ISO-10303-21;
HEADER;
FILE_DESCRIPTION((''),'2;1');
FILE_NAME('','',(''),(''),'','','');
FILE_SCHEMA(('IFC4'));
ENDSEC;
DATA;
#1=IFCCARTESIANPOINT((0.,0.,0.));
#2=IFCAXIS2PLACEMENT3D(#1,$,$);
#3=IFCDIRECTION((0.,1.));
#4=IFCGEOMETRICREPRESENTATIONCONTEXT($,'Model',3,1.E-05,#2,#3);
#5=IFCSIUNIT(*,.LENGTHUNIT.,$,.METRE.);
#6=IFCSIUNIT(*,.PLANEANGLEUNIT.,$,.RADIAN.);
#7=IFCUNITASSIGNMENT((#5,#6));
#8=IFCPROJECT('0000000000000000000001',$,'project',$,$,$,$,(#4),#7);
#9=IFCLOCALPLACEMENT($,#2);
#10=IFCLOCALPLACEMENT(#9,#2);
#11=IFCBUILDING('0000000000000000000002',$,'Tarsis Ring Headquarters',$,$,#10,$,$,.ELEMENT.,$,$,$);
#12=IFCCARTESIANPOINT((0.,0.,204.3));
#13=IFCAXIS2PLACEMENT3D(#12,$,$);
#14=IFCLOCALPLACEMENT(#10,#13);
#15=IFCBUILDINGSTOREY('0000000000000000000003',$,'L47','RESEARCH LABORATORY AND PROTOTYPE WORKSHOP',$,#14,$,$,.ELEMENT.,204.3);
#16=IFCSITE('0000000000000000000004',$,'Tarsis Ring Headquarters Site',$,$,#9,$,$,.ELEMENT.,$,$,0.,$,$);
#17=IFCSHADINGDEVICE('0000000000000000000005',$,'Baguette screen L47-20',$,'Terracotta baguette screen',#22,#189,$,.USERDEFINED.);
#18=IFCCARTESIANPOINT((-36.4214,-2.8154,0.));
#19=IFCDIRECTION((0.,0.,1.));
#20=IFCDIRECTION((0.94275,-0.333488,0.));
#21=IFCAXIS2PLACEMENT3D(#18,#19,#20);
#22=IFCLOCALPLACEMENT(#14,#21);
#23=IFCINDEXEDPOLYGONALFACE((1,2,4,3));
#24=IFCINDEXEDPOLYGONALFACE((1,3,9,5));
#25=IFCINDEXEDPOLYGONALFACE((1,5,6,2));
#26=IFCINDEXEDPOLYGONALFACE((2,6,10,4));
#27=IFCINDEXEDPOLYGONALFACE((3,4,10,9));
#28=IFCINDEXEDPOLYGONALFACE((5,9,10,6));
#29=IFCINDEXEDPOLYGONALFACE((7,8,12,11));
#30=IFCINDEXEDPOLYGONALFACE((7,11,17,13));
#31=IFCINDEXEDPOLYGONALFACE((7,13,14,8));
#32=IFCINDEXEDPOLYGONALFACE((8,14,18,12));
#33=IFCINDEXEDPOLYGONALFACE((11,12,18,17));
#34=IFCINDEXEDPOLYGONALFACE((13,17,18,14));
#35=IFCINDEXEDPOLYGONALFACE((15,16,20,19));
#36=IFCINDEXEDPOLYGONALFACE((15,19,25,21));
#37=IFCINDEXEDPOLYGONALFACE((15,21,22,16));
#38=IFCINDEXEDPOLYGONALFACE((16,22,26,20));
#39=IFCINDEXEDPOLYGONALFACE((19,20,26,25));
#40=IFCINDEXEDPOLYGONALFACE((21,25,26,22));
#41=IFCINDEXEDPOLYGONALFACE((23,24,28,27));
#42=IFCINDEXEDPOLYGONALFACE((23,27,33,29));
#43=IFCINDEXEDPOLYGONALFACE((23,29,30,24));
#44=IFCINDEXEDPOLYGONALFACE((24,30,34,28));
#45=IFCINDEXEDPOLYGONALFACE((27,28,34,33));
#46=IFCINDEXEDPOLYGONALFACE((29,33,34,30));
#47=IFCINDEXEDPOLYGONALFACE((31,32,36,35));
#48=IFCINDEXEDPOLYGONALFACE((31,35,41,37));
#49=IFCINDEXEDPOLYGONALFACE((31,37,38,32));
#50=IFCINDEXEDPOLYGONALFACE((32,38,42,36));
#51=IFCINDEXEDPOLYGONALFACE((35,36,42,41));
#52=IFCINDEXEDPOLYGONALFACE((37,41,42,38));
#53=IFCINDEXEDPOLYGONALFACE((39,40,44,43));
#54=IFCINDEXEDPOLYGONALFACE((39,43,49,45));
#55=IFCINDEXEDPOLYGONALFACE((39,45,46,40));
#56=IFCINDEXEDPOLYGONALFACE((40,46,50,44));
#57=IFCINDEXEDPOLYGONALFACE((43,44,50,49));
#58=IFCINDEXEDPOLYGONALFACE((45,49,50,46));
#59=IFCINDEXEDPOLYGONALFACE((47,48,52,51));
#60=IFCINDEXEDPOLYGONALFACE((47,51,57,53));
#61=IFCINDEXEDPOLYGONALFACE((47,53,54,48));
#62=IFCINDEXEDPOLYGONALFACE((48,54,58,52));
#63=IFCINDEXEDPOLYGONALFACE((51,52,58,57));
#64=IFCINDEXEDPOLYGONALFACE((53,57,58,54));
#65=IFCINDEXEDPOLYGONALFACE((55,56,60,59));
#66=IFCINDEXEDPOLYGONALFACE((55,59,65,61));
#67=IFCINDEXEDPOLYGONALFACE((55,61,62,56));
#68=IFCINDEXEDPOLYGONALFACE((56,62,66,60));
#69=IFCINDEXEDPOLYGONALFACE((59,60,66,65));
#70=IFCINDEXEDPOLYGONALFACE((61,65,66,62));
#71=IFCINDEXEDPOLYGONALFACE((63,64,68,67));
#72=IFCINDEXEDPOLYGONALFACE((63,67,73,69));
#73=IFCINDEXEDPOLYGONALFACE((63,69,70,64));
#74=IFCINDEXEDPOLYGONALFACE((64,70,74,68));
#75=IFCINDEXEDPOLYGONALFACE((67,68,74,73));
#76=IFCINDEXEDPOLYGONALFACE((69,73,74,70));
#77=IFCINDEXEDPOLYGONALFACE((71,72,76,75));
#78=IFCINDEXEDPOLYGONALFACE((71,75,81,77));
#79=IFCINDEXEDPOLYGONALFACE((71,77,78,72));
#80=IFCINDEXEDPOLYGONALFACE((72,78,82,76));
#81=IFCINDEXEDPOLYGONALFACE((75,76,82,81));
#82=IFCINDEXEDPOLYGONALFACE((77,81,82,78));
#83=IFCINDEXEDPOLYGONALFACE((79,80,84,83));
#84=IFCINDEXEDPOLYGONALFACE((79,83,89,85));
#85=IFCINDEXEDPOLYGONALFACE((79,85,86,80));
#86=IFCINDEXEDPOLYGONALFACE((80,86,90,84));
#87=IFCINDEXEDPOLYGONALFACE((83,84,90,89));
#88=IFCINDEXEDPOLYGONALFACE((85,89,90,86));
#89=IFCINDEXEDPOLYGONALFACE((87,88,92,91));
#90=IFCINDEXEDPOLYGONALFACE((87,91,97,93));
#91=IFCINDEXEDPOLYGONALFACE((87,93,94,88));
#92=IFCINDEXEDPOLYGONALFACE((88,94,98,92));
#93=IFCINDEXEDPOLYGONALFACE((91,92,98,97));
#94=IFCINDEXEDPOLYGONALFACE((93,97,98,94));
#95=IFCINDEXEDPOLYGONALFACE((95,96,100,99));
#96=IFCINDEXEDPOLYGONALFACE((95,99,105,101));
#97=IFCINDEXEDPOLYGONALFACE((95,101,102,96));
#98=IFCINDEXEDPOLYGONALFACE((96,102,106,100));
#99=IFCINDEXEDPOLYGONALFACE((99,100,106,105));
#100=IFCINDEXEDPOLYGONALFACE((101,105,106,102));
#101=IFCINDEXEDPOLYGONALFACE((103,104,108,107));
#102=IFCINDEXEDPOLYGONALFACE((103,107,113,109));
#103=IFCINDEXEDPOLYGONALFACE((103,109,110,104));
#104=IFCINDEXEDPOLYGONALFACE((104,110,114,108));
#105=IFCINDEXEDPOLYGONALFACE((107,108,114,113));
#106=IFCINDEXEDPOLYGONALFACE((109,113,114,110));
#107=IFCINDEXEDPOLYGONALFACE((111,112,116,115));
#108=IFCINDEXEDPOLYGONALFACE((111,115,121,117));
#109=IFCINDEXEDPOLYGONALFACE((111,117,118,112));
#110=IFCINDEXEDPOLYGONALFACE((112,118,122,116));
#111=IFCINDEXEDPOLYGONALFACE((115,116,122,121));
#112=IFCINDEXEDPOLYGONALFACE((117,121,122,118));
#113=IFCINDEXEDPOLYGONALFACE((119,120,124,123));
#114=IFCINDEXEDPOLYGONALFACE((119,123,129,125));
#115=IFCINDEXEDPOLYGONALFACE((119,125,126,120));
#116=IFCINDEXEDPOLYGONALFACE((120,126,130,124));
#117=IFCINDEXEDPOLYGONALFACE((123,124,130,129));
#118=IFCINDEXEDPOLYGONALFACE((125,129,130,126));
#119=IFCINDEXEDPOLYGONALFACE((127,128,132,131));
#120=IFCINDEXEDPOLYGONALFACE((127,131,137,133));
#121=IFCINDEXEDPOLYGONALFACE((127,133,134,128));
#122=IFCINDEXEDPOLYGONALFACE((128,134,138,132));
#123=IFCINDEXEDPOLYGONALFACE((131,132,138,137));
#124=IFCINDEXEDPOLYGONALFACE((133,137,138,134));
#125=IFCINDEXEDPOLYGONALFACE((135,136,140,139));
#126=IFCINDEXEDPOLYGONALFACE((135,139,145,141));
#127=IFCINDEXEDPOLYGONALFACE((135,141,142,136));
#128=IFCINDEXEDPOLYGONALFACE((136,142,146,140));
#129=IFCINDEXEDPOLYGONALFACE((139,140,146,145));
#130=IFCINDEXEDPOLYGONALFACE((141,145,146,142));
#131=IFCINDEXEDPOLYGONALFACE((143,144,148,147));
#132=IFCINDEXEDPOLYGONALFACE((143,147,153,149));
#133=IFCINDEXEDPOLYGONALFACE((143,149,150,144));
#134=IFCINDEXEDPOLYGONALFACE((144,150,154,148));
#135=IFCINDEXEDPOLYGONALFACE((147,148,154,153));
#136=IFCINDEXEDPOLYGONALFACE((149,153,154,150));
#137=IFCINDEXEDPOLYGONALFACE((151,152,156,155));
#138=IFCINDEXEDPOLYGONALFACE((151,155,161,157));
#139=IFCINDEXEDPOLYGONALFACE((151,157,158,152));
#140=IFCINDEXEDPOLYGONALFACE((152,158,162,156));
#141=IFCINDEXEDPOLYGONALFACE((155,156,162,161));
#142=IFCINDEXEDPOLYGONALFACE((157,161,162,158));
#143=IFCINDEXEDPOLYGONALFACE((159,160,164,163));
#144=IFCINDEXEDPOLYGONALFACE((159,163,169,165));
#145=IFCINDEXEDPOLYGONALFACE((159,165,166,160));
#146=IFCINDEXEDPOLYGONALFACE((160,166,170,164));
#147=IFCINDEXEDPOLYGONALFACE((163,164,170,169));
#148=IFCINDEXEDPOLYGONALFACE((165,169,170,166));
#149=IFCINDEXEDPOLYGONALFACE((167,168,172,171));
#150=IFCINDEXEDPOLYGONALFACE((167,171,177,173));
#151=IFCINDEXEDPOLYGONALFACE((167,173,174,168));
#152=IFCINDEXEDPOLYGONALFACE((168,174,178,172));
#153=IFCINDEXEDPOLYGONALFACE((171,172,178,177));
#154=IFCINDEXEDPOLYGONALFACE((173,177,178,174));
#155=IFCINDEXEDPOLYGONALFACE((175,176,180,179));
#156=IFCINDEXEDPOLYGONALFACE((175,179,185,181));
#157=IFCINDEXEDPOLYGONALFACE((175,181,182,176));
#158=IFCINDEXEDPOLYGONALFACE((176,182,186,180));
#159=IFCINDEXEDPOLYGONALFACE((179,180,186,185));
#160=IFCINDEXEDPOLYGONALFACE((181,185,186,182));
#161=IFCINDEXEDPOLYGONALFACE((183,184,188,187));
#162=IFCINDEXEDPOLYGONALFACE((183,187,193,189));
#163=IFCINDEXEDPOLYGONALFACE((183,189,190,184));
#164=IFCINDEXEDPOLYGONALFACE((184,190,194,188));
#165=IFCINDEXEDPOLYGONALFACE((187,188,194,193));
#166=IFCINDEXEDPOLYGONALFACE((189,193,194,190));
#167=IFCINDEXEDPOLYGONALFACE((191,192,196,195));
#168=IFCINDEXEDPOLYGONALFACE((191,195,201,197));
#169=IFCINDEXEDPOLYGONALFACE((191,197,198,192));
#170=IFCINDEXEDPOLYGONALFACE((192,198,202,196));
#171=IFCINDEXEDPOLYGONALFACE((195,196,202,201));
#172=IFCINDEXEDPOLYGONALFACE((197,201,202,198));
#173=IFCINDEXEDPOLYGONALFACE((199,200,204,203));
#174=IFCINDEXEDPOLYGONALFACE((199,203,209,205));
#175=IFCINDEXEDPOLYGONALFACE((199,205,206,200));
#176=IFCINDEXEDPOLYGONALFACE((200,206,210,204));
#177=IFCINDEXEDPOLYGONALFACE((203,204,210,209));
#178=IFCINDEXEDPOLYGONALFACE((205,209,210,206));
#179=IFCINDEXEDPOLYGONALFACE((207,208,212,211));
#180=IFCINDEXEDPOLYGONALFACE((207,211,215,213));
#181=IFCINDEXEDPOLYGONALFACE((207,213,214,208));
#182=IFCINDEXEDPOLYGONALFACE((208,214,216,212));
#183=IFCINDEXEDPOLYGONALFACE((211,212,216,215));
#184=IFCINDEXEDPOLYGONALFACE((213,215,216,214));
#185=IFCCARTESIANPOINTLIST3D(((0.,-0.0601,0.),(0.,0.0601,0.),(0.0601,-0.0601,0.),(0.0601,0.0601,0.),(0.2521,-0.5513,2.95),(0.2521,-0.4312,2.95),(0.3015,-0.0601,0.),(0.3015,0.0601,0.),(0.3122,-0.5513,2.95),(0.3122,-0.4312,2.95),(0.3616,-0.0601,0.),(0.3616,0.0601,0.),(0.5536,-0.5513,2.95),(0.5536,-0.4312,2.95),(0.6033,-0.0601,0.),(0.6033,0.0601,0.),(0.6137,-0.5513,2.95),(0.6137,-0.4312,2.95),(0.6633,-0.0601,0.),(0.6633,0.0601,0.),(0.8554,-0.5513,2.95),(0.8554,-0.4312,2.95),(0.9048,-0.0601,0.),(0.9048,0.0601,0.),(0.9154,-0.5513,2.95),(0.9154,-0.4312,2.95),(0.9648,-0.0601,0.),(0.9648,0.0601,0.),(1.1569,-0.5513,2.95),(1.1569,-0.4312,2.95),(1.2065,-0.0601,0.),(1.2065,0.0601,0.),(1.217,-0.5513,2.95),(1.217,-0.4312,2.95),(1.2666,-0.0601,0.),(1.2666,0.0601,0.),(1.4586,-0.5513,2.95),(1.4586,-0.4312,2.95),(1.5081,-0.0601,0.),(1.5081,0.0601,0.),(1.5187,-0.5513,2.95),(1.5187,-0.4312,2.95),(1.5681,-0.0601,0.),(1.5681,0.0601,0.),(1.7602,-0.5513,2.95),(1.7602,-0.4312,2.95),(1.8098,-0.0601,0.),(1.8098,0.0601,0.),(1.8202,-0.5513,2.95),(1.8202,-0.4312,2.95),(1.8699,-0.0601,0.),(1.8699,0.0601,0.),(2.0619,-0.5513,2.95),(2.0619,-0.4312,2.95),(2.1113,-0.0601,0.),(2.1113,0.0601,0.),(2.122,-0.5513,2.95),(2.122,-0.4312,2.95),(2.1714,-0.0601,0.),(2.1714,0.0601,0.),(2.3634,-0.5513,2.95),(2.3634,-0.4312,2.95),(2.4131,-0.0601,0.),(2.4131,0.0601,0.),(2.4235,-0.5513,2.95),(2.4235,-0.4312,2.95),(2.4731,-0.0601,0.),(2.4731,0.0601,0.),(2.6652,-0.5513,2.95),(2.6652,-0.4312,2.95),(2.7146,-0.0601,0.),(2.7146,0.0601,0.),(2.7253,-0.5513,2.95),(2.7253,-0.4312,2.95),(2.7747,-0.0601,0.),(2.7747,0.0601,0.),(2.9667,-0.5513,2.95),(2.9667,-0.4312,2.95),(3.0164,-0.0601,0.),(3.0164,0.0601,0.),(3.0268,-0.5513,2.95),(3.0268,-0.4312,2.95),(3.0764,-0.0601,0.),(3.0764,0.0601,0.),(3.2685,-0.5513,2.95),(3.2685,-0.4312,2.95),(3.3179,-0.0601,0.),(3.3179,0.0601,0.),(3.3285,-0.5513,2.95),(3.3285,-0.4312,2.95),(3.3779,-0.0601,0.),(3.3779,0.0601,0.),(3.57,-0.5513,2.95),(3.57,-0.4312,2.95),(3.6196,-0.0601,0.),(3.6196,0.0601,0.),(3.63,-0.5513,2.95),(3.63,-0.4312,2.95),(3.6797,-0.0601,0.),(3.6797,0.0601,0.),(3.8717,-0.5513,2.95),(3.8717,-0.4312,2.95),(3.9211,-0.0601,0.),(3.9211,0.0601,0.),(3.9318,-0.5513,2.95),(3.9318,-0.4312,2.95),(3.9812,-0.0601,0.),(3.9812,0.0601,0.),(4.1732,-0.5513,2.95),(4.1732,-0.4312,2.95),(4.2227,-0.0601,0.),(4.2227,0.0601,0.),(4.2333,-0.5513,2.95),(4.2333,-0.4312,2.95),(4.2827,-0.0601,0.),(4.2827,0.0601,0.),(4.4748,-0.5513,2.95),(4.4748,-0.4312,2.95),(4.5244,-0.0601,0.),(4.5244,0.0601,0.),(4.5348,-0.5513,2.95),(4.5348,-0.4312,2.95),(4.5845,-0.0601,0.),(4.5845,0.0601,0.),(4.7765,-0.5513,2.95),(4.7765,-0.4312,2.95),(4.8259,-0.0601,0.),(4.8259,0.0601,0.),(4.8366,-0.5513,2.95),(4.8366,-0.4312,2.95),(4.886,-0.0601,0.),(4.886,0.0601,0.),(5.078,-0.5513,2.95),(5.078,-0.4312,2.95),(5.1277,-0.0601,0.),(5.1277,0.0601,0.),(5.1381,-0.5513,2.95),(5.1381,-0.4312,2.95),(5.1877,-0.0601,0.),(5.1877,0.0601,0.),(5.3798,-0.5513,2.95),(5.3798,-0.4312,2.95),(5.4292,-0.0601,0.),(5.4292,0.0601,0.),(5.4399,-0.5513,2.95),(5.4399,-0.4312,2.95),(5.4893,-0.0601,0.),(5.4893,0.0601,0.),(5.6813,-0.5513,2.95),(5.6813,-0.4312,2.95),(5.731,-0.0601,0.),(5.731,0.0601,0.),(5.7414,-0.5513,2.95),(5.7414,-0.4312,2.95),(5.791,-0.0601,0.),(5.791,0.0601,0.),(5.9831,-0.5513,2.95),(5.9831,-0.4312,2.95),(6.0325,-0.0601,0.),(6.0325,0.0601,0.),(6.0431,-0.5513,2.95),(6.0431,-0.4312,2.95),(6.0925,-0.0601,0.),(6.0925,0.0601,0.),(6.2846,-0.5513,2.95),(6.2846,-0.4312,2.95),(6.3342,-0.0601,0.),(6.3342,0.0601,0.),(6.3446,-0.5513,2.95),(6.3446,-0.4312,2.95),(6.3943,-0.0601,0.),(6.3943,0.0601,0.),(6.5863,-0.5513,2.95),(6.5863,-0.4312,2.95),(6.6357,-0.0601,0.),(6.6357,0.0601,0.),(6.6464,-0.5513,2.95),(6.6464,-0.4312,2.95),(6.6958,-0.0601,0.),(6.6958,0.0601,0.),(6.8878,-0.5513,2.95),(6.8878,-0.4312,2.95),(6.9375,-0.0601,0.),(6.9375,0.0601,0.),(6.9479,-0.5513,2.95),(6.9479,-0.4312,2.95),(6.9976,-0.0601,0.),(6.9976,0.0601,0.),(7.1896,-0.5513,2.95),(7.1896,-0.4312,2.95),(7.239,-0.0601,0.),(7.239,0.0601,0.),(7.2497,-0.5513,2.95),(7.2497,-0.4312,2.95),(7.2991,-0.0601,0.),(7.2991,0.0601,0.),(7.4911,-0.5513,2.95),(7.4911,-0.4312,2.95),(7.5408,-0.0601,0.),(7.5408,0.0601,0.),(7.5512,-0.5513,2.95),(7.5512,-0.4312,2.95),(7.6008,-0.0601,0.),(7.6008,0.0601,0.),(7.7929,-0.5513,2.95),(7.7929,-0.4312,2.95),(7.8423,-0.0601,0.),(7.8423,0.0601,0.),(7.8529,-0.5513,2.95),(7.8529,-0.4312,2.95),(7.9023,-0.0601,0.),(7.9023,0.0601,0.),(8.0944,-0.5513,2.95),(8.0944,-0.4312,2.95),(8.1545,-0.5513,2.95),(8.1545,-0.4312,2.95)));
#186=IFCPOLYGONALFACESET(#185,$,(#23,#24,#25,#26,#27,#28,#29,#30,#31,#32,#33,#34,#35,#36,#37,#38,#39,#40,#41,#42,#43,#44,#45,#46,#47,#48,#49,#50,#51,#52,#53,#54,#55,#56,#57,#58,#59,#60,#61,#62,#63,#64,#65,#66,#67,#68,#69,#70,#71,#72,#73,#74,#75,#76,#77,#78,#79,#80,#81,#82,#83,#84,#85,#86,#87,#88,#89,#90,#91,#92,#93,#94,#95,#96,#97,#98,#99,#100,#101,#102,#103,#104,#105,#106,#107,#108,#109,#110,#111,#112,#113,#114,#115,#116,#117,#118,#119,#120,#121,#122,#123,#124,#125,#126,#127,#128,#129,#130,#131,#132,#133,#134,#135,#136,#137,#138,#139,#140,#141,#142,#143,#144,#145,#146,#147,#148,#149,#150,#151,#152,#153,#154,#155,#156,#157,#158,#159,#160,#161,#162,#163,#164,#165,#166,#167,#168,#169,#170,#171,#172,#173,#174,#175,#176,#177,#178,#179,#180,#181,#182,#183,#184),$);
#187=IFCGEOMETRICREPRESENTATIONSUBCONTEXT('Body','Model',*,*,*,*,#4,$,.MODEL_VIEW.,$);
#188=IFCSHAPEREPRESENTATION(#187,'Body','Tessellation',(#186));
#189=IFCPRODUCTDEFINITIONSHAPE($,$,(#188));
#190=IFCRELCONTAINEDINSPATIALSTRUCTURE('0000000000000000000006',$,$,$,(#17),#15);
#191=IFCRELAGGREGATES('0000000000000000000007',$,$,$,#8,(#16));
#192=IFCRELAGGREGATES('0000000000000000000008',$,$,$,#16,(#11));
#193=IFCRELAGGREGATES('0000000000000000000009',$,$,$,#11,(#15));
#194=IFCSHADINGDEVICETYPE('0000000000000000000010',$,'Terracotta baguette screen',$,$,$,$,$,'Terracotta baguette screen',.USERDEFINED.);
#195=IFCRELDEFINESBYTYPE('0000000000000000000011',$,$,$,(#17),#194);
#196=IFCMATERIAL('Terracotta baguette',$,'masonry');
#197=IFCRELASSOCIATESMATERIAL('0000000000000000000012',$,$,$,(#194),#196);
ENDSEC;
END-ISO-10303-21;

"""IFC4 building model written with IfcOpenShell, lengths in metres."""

from ifc_helpers import new_model, si_unit, direction, frame, frame_2d, origin, place, context, subcontext, project, spatial, rectangle, composite_profile, extrude, material, type_object, element, save


model = new_model("IFC4")

# Units and contexts
model_context = context("Model", 3, precision=1e-05, world=origin(), true_north=direction((0.0, 1.0)))
body_context = subcontext(model_context, "Body", "Model", "MODEL_VIEW")
ifc_project = project(units=[si_unit("LENGTHUNIT", "METRE"), si_unit("PLANEANGLEUNIT", "RADIAN")], contexts=[model_context])

# Site, building, storey
site_placement = place(None, origin())
site = spatial("IfcSite", under=ifc_project, at=site_placement, Name="Tarsis Ring Headquarters Site", CompositionType="ELEMENT", RefElevation=0.0)
building_placement = place(site_placement, origin())
building = spatial("IfcBuilding", under=site, at=building_placement, Name="Tarsis Ring Headquarters", CompositionType="ELEMENT")
storey_placement = place(building_placement, frame((0.0, 0.0, 204.3)))
storey = spatial("IfcBuildingStorey", under=building, at=storey_placement, Name="L47", Description="RESEARCH LABORATORY AND PROTOTYPE WORKSHOP", CompositionType="ELEMENT", Elevation=204.3)

# Shading device
ifc_material_1 = material(Name="Terracotta baguette", Category="masonry")
shading_device_type = type_object("IfcShadingDeviceType", Name="Terracotta baguette screen", ElementType="Terracotta baguette screen", PredefinedType="USERDEFINED", material=ifc_material_1)
shading_device_1_placement = place(storey_placement, frame((-36.4214, -2.8154, 0.0), z_axis=(0.0, 0.0, 1.0), x_axis=(0.94275, -0.333488, 0.0)))
element("IfcShadingDevice", 1, at=shading_device_1_placement, inside=storey, type_object=shading_device_type, Name="Baguette screen L47-20", ObjectType="Terracotta baguette screen", PredefinedType="USERDEFINED", context=body_context, shape_type="SweptSolid", body=[
    extrude(composite_profile([rectangle(XDim=0.0601, YDim=0.1201, at=frame_2d((0.03, 0.0))), rectangle(XDim=0.0601, YDim=0.1201, at=frame_2d((0.3315, 0.0))), rectangle(XDim=0.0601, YDim=0.1201, at=frame_2d((0.6333, 0.0))), rectangle(XDim=0.0601, YDim=0.1201, at=frame_2d((0.9348, 0.0))), rectangle(XDim=0.0601, YDim=0.1201, at=frame_2d((1.2366, 0.0))), rectangle(XDim=0.0601, YDim=0.1201, at=frame_2d((1.5381, 0.0))), rectangle(XDim=0.0601, YDim=0.1201, at=frame_2d((1.8398, 0.0))), rectangle(XDim=0.0601, YDim=0.1201, at=frame_2d((2.1414, 0.0))), rectangle(XDim=0.0601, YDim=0.1201, at=frame_2d((2.4431, 0.0))), rectangle(XDim=0.0601, YDim=0.1201, at=frame_2d((2.7446, 0.0))), rectangle(XDim=0.0601, YDim=0.1201, at=frame_2d((3.0464, 0.0))), rectangle(XDim=0.0601, YDim=0.1201, at=frame_2d((3.3479, 0.0))), rectangle(XDim=0.0601, YDim=0.1201, at=frame_2d((3.6497, 0.0))), rectangle(XDim=0.0601, YDim=0.1201, at=frame_2d((3.9512, 0.0))), rectangle(XDim=0.0601, YDim=0.1201, at=frame_2d((4.2527, 0.0))), rectangle(XDim=0.0601, YDim=0.1201, at=frame_2d((4.5544, 0.0))), rectangle(XDim=0.0601, YDim=0.1201, at=frame_2d((4.856, 0.0))), rectangle(XDim=0.0601, YDim=0.1201, at=frame_2d((5.1577, 0.0))), rectangle(XDim=0.0601, YDim=0.1201, at=frame_2d((5.4592, 0.0))), rectangle(XDim=0.0601, YDim=0.1201, at=frame_2d((5.761, 0.0))), rectangle(XDim=0.0601, YDim=0.1201, at=frame_2d((6.0625, 0.0))), rectangle(XDim=0.0601, YDim=0.1201, at=frame_2d((6.3643, 0.0))), rectangle(XDim=0.0601, YDim=0.1201, at=frame_2d((6.6658, 0.0))), rectangle(XDim=0.0601, YDim=0.1201, at=frame_2d((6.9675, 0.0))), rectangle(XDim=0.0601, YDim=0.1201, at=frame_2d((7.269, 0.0))), rectangle(XDim=0.0601, YDim=0.1201, at=frame_2d((7.5708, 0.0))), rectangle(XDim=0.0601, YDim=0.1201, at=frame_2d((7.8723, 0.0)))]), origin(), (0.084001, -0.163695, 0.982928), 3.0012),
])

save(model, "model.ifc")
